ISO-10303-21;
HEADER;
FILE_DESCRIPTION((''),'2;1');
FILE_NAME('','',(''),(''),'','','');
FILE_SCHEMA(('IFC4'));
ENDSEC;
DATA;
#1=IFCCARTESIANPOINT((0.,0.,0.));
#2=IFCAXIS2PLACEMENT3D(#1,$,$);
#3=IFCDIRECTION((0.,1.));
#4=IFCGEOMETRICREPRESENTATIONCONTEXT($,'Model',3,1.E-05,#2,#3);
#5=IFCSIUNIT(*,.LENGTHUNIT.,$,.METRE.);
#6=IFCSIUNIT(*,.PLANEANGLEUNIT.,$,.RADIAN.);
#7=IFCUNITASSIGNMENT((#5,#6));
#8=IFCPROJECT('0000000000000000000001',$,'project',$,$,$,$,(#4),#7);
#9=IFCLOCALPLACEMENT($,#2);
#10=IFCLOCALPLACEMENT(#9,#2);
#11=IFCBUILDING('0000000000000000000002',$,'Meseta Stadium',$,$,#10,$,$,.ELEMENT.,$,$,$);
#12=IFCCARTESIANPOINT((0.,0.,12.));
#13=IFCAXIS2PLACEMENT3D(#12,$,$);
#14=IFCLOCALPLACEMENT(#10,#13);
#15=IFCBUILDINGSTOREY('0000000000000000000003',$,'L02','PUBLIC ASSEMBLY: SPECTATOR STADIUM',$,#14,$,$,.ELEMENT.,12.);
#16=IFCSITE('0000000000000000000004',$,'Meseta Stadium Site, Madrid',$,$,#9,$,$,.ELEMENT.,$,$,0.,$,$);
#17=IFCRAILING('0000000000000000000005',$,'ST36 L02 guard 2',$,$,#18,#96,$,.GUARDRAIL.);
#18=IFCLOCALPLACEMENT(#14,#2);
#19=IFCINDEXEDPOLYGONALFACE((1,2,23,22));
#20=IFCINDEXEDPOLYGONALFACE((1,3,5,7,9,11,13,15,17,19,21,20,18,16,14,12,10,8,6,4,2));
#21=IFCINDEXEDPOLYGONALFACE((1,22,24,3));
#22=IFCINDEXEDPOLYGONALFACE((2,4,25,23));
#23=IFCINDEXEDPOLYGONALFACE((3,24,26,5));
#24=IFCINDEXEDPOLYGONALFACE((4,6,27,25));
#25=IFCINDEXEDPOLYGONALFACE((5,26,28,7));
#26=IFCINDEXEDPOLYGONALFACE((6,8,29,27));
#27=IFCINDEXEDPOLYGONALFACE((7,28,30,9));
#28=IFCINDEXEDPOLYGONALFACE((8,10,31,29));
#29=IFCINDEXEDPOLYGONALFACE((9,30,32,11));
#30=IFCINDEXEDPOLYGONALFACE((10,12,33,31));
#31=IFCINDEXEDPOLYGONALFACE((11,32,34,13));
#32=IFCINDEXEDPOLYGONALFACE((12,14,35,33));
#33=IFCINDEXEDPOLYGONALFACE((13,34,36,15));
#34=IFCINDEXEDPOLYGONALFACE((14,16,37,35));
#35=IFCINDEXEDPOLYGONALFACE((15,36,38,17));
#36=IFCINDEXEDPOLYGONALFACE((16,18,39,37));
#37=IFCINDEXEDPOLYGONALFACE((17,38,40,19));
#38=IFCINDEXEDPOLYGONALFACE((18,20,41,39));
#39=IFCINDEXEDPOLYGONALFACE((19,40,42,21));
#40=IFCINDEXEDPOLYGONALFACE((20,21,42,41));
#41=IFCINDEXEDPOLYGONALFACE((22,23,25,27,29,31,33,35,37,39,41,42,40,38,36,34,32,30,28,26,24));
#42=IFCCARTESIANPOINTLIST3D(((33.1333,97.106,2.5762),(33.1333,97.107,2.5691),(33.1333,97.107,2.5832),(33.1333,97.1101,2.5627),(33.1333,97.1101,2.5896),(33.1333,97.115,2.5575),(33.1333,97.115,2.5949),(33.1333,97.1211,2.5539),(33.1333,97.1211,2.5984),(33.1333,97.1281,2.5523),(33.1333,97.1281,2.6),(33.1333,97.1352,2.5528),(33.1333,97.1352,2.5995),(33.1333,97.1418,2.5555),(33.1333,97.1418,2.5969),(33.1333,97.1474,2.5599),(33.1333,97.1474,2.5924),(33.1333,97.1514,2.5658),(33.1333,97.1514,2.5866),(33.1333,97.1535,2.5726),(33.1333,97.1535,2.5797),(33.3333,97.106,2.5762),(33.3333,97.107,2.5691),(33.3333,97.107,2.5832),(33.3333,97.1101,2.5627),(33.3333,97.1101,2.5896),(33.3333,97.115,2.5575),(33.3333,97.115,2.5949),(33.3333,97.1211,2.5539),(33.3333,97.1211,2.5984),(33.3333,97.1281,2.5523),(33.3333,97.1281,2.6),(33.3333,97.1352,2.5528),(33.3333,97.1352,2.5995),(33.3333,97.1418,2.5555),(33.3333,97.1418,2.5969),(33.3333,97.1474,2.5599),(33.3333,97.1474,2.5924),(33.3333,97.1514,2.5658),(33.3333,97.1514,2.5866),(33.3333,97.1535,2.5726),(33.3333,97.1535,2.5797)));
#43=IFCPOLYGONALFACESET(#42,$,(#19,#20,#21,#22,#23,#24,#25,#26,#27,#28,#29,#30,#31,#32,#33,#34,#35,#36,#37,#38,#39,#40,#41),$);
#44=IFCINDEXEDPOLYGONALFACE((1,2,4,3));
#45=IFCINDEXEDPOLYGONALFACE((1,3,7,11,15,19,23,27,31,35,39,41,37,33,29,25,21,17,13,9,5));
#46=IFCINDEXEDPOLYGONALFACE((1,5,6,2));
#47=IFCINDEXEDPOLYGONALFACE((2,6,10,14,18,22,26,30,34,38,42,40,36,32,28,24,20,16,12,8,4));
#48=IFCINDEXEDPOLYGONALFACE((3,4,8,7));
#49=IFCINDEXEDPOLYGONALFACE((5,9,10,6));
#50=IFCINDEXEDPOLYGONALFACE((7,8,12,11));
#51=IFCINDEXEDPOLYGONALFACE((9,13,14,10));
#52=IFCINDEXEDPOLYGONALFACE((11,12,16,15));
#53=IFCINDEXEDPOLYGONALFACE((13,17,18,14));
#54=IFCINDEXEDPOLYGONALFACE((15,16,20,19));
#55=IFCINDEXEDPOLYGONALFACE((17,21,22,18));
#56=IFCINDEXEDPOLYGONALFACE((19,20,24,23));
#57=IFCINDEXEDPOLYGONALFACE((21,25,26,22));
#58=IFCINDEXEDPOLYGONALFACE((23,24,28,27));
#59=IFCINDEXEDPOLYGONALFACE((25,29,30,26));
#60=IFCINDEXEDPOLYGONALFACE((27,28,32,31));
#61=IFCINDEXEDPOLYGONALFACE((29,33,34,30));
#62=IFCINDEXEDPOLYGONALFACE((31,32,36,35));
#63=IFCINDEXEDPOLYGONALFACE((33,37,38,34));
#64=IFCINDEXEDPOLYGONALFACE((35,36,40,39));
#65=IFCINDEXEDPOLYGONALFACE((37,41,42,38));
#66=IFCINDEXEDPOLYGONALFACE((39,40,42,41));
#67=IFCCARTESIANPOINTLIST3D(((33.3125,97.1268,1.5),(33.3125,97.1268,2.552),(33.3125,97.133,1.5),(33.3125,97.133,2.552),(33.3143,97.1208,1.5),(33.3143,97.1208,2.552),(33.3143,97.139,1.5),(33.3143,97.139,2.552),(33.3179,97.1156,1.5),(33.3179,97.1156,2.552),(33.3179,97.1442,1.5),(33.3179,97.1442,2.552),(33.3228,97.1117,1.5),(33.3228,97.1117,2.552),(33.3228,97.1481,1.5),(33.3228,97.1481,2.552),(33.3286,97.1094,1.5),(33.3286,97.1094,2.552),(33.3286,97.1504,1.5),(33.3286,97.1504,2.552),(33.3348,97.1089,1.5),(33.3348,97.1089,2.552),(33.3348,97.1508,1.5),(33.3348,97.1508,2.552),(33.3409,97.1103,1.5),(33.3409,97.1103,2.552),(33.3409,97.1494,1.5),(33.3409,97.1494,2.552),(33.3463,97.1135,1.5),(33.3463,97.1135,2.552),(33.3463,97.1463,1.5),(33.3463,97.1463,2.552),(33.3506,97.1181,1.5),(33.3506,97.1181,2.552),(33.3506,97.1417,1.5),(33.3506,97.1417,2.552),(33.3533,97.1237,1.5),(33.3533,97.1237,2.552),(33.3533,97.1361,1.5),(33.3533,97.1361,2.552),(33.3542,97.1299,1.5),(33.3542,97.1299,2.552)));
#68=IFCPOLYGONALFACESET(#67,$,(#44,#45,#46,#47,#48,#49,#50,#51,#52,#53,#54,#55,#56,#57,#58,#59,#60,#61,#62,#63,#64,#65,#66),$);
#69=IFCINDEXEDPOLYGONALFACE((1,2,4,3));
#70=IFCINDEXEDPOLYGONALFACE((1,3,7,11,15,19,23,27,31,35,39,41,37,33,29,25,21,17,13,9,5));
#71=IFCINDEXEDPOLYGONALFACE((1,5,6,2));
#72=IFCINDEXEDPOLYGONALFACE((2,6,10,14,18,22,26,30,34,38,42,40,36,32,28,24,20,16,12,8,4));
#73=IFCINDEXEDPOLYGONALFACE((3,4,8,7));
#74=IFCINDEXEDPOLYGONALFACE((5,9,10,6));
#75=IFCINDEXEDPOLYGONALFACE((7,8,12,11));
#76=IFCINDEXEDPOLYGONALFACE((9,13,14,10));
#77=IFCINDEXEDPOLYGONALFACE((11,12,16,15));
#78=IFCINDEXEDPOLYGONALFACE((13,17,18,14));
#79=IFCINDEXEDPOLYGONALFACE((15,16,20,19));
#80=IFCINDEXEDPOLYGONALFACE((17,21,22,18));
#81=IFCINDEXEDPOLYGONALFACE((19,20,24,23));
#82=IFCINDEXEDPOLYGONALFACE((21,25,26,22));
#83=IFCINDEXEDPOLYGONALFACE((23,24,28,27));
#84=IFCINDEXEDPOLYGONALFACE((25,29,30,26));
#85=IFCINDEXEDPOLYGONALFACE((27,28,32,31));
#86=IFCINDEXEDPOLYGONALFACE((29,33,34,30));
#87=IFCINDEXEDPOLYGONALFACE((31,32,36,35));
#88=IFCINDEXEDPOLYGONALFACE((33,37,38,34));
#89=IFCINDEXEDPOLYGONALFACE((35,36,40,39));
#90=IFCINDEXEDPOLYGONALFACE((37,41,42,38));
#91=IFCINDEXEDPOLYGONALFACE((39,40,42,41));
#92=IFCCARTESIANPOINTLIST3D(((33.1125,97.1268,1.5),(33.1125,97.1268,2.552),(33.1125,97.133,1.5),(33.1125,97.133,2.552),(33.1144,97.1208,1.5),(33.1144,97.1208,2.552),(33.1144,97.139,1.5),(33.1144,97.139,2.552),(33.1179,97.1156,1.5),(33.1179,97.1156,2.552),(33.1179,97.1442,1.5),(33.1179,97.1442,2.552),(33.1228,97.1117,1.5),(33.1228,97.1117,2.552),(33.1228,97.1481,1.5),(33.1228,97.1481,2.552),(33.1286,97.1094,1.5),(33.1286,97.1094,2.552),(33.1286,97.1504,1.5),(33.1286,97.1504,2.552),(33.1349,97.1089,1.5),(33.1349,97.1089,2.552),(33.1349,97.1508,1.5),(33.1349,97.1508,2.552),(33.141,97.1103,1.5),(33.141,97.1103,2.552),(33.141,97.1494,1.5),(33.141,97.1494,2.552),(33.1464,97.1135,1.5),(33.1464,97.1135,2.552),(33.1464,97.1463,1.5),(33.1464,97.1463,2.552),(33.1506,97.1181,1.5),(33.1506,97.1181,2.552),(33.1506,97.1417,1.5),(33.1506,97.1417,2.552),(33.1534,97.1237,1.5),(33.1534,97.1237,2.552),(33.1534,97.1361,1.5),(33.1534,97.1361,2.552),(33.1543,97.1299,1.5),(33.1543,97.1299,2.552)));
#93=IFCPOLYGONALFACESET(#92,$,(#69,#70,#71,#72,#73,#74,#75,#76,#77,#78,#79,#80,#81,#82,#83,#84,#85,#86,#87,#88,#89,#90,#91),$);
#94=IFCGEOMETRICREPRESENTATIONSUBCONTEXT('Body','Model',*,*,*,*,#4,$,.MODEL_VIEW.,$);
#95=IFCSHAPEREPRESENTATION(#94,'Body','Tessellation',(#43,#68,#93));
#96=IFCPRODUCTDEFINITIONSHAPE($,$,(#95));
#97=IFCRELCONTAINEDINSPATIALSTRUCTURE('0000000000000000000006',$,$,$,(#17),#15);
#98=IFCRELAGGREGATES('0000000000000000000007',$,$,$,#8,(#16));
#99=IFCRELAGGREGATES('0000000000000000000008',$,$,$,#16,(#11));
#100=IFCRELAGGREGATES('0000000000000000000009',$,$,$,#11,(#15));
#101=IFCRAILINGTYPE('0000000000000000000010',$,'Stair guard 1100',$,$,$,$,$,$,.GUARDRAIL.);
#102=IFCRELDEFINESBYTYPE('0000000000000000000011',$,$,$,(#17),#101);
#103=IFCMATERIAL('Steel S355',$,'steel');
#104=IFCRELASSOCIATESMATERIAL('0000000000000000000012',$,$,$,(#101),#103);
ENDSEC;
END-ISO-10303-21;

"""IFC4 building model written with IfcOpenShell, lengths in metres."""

from ifc_helpers import new_model, si_unit, direction, frame, origin, origin_2d, place, context, subcontext, project, spatial, circle, extrude, material, type_object, element, save


model = new_model("IFC4")

# Units and contexts
model_context = context("Model", 3, precision=1e-05, world=origin(), true_north=direction((0.0, 1.0)))
body_context = subcontext(model_context, "Body", "Model", "MODEL_VIEW")
ifc_project = project(units=[si_unit("LENGTHUNIT", "METRE"), si_unit("PLANEANGLEUNIT", "RADIAN")], contexts=[model_context])

# Site, building, storey
site_placement = place(None, origin())
site = spatial("IfcSite", under=ifc_project, at=site_placement, Name="Meseta Stadium Site, Madrid", CompositionType="ELEMENT", RefElevation=0.0)
building_placement = place(site_placement, origin())
building = spatial("IfcBuilding", under=site, at=building_placement, Name="Meseta Stadium", CompositionType="ELEMENT")
storey_placement = place(building_placement, frame((0.0, 0.0, 12.0)))
storey = spatial("IfcBuildingStorey", under=building, at=storey_placement, Name="L02", Description="PUBLIC ASSEMBLY: SPECTATOR STADIUM", CompositionType="ELEMENT", Elevation=12.0)

# Railing
ifc_material_1 = material(Name="Steel S355", Category="steel")
railing_type_1 = type_object("IfcRailingType", Name="Stair guard 1100", PredefinedType="GUARDRAIL", material=ifc_material_1)
railing_1_placement = place(storey_placement, frame((33.3333, 97.1299, 1.5)))
element("IfcRailing", 1, at=railing_1_placement, inside=storey, type_object=railing_type_1, Name="ST36 L02 guard 2", PredefinedType="GUARDRAIL", context=body_context, shape_type="SweptSolid", body=[
    extrude(circle(Radius=0.0239, at=origin_2d()), frame((0.0, 0.0, 1.0762), z_axis=(-1.0, 0.0, 0.0), x_axis=(0.0, -1.0, 0.0)), (0.0, 0.0, 1.0), 0.2),
    extrude(circle(Radius=0.021, at=origin_2d()), origin(), (0.0, 0.0, 1.0), 1.052),
    extrude(circle(Radius=0.021, at=origin_2d()), frame((-0.2, 0.0, 0.0)), (0.0, 0.0, 1.0), 1.052),
])

save(model, "model.ifc")
